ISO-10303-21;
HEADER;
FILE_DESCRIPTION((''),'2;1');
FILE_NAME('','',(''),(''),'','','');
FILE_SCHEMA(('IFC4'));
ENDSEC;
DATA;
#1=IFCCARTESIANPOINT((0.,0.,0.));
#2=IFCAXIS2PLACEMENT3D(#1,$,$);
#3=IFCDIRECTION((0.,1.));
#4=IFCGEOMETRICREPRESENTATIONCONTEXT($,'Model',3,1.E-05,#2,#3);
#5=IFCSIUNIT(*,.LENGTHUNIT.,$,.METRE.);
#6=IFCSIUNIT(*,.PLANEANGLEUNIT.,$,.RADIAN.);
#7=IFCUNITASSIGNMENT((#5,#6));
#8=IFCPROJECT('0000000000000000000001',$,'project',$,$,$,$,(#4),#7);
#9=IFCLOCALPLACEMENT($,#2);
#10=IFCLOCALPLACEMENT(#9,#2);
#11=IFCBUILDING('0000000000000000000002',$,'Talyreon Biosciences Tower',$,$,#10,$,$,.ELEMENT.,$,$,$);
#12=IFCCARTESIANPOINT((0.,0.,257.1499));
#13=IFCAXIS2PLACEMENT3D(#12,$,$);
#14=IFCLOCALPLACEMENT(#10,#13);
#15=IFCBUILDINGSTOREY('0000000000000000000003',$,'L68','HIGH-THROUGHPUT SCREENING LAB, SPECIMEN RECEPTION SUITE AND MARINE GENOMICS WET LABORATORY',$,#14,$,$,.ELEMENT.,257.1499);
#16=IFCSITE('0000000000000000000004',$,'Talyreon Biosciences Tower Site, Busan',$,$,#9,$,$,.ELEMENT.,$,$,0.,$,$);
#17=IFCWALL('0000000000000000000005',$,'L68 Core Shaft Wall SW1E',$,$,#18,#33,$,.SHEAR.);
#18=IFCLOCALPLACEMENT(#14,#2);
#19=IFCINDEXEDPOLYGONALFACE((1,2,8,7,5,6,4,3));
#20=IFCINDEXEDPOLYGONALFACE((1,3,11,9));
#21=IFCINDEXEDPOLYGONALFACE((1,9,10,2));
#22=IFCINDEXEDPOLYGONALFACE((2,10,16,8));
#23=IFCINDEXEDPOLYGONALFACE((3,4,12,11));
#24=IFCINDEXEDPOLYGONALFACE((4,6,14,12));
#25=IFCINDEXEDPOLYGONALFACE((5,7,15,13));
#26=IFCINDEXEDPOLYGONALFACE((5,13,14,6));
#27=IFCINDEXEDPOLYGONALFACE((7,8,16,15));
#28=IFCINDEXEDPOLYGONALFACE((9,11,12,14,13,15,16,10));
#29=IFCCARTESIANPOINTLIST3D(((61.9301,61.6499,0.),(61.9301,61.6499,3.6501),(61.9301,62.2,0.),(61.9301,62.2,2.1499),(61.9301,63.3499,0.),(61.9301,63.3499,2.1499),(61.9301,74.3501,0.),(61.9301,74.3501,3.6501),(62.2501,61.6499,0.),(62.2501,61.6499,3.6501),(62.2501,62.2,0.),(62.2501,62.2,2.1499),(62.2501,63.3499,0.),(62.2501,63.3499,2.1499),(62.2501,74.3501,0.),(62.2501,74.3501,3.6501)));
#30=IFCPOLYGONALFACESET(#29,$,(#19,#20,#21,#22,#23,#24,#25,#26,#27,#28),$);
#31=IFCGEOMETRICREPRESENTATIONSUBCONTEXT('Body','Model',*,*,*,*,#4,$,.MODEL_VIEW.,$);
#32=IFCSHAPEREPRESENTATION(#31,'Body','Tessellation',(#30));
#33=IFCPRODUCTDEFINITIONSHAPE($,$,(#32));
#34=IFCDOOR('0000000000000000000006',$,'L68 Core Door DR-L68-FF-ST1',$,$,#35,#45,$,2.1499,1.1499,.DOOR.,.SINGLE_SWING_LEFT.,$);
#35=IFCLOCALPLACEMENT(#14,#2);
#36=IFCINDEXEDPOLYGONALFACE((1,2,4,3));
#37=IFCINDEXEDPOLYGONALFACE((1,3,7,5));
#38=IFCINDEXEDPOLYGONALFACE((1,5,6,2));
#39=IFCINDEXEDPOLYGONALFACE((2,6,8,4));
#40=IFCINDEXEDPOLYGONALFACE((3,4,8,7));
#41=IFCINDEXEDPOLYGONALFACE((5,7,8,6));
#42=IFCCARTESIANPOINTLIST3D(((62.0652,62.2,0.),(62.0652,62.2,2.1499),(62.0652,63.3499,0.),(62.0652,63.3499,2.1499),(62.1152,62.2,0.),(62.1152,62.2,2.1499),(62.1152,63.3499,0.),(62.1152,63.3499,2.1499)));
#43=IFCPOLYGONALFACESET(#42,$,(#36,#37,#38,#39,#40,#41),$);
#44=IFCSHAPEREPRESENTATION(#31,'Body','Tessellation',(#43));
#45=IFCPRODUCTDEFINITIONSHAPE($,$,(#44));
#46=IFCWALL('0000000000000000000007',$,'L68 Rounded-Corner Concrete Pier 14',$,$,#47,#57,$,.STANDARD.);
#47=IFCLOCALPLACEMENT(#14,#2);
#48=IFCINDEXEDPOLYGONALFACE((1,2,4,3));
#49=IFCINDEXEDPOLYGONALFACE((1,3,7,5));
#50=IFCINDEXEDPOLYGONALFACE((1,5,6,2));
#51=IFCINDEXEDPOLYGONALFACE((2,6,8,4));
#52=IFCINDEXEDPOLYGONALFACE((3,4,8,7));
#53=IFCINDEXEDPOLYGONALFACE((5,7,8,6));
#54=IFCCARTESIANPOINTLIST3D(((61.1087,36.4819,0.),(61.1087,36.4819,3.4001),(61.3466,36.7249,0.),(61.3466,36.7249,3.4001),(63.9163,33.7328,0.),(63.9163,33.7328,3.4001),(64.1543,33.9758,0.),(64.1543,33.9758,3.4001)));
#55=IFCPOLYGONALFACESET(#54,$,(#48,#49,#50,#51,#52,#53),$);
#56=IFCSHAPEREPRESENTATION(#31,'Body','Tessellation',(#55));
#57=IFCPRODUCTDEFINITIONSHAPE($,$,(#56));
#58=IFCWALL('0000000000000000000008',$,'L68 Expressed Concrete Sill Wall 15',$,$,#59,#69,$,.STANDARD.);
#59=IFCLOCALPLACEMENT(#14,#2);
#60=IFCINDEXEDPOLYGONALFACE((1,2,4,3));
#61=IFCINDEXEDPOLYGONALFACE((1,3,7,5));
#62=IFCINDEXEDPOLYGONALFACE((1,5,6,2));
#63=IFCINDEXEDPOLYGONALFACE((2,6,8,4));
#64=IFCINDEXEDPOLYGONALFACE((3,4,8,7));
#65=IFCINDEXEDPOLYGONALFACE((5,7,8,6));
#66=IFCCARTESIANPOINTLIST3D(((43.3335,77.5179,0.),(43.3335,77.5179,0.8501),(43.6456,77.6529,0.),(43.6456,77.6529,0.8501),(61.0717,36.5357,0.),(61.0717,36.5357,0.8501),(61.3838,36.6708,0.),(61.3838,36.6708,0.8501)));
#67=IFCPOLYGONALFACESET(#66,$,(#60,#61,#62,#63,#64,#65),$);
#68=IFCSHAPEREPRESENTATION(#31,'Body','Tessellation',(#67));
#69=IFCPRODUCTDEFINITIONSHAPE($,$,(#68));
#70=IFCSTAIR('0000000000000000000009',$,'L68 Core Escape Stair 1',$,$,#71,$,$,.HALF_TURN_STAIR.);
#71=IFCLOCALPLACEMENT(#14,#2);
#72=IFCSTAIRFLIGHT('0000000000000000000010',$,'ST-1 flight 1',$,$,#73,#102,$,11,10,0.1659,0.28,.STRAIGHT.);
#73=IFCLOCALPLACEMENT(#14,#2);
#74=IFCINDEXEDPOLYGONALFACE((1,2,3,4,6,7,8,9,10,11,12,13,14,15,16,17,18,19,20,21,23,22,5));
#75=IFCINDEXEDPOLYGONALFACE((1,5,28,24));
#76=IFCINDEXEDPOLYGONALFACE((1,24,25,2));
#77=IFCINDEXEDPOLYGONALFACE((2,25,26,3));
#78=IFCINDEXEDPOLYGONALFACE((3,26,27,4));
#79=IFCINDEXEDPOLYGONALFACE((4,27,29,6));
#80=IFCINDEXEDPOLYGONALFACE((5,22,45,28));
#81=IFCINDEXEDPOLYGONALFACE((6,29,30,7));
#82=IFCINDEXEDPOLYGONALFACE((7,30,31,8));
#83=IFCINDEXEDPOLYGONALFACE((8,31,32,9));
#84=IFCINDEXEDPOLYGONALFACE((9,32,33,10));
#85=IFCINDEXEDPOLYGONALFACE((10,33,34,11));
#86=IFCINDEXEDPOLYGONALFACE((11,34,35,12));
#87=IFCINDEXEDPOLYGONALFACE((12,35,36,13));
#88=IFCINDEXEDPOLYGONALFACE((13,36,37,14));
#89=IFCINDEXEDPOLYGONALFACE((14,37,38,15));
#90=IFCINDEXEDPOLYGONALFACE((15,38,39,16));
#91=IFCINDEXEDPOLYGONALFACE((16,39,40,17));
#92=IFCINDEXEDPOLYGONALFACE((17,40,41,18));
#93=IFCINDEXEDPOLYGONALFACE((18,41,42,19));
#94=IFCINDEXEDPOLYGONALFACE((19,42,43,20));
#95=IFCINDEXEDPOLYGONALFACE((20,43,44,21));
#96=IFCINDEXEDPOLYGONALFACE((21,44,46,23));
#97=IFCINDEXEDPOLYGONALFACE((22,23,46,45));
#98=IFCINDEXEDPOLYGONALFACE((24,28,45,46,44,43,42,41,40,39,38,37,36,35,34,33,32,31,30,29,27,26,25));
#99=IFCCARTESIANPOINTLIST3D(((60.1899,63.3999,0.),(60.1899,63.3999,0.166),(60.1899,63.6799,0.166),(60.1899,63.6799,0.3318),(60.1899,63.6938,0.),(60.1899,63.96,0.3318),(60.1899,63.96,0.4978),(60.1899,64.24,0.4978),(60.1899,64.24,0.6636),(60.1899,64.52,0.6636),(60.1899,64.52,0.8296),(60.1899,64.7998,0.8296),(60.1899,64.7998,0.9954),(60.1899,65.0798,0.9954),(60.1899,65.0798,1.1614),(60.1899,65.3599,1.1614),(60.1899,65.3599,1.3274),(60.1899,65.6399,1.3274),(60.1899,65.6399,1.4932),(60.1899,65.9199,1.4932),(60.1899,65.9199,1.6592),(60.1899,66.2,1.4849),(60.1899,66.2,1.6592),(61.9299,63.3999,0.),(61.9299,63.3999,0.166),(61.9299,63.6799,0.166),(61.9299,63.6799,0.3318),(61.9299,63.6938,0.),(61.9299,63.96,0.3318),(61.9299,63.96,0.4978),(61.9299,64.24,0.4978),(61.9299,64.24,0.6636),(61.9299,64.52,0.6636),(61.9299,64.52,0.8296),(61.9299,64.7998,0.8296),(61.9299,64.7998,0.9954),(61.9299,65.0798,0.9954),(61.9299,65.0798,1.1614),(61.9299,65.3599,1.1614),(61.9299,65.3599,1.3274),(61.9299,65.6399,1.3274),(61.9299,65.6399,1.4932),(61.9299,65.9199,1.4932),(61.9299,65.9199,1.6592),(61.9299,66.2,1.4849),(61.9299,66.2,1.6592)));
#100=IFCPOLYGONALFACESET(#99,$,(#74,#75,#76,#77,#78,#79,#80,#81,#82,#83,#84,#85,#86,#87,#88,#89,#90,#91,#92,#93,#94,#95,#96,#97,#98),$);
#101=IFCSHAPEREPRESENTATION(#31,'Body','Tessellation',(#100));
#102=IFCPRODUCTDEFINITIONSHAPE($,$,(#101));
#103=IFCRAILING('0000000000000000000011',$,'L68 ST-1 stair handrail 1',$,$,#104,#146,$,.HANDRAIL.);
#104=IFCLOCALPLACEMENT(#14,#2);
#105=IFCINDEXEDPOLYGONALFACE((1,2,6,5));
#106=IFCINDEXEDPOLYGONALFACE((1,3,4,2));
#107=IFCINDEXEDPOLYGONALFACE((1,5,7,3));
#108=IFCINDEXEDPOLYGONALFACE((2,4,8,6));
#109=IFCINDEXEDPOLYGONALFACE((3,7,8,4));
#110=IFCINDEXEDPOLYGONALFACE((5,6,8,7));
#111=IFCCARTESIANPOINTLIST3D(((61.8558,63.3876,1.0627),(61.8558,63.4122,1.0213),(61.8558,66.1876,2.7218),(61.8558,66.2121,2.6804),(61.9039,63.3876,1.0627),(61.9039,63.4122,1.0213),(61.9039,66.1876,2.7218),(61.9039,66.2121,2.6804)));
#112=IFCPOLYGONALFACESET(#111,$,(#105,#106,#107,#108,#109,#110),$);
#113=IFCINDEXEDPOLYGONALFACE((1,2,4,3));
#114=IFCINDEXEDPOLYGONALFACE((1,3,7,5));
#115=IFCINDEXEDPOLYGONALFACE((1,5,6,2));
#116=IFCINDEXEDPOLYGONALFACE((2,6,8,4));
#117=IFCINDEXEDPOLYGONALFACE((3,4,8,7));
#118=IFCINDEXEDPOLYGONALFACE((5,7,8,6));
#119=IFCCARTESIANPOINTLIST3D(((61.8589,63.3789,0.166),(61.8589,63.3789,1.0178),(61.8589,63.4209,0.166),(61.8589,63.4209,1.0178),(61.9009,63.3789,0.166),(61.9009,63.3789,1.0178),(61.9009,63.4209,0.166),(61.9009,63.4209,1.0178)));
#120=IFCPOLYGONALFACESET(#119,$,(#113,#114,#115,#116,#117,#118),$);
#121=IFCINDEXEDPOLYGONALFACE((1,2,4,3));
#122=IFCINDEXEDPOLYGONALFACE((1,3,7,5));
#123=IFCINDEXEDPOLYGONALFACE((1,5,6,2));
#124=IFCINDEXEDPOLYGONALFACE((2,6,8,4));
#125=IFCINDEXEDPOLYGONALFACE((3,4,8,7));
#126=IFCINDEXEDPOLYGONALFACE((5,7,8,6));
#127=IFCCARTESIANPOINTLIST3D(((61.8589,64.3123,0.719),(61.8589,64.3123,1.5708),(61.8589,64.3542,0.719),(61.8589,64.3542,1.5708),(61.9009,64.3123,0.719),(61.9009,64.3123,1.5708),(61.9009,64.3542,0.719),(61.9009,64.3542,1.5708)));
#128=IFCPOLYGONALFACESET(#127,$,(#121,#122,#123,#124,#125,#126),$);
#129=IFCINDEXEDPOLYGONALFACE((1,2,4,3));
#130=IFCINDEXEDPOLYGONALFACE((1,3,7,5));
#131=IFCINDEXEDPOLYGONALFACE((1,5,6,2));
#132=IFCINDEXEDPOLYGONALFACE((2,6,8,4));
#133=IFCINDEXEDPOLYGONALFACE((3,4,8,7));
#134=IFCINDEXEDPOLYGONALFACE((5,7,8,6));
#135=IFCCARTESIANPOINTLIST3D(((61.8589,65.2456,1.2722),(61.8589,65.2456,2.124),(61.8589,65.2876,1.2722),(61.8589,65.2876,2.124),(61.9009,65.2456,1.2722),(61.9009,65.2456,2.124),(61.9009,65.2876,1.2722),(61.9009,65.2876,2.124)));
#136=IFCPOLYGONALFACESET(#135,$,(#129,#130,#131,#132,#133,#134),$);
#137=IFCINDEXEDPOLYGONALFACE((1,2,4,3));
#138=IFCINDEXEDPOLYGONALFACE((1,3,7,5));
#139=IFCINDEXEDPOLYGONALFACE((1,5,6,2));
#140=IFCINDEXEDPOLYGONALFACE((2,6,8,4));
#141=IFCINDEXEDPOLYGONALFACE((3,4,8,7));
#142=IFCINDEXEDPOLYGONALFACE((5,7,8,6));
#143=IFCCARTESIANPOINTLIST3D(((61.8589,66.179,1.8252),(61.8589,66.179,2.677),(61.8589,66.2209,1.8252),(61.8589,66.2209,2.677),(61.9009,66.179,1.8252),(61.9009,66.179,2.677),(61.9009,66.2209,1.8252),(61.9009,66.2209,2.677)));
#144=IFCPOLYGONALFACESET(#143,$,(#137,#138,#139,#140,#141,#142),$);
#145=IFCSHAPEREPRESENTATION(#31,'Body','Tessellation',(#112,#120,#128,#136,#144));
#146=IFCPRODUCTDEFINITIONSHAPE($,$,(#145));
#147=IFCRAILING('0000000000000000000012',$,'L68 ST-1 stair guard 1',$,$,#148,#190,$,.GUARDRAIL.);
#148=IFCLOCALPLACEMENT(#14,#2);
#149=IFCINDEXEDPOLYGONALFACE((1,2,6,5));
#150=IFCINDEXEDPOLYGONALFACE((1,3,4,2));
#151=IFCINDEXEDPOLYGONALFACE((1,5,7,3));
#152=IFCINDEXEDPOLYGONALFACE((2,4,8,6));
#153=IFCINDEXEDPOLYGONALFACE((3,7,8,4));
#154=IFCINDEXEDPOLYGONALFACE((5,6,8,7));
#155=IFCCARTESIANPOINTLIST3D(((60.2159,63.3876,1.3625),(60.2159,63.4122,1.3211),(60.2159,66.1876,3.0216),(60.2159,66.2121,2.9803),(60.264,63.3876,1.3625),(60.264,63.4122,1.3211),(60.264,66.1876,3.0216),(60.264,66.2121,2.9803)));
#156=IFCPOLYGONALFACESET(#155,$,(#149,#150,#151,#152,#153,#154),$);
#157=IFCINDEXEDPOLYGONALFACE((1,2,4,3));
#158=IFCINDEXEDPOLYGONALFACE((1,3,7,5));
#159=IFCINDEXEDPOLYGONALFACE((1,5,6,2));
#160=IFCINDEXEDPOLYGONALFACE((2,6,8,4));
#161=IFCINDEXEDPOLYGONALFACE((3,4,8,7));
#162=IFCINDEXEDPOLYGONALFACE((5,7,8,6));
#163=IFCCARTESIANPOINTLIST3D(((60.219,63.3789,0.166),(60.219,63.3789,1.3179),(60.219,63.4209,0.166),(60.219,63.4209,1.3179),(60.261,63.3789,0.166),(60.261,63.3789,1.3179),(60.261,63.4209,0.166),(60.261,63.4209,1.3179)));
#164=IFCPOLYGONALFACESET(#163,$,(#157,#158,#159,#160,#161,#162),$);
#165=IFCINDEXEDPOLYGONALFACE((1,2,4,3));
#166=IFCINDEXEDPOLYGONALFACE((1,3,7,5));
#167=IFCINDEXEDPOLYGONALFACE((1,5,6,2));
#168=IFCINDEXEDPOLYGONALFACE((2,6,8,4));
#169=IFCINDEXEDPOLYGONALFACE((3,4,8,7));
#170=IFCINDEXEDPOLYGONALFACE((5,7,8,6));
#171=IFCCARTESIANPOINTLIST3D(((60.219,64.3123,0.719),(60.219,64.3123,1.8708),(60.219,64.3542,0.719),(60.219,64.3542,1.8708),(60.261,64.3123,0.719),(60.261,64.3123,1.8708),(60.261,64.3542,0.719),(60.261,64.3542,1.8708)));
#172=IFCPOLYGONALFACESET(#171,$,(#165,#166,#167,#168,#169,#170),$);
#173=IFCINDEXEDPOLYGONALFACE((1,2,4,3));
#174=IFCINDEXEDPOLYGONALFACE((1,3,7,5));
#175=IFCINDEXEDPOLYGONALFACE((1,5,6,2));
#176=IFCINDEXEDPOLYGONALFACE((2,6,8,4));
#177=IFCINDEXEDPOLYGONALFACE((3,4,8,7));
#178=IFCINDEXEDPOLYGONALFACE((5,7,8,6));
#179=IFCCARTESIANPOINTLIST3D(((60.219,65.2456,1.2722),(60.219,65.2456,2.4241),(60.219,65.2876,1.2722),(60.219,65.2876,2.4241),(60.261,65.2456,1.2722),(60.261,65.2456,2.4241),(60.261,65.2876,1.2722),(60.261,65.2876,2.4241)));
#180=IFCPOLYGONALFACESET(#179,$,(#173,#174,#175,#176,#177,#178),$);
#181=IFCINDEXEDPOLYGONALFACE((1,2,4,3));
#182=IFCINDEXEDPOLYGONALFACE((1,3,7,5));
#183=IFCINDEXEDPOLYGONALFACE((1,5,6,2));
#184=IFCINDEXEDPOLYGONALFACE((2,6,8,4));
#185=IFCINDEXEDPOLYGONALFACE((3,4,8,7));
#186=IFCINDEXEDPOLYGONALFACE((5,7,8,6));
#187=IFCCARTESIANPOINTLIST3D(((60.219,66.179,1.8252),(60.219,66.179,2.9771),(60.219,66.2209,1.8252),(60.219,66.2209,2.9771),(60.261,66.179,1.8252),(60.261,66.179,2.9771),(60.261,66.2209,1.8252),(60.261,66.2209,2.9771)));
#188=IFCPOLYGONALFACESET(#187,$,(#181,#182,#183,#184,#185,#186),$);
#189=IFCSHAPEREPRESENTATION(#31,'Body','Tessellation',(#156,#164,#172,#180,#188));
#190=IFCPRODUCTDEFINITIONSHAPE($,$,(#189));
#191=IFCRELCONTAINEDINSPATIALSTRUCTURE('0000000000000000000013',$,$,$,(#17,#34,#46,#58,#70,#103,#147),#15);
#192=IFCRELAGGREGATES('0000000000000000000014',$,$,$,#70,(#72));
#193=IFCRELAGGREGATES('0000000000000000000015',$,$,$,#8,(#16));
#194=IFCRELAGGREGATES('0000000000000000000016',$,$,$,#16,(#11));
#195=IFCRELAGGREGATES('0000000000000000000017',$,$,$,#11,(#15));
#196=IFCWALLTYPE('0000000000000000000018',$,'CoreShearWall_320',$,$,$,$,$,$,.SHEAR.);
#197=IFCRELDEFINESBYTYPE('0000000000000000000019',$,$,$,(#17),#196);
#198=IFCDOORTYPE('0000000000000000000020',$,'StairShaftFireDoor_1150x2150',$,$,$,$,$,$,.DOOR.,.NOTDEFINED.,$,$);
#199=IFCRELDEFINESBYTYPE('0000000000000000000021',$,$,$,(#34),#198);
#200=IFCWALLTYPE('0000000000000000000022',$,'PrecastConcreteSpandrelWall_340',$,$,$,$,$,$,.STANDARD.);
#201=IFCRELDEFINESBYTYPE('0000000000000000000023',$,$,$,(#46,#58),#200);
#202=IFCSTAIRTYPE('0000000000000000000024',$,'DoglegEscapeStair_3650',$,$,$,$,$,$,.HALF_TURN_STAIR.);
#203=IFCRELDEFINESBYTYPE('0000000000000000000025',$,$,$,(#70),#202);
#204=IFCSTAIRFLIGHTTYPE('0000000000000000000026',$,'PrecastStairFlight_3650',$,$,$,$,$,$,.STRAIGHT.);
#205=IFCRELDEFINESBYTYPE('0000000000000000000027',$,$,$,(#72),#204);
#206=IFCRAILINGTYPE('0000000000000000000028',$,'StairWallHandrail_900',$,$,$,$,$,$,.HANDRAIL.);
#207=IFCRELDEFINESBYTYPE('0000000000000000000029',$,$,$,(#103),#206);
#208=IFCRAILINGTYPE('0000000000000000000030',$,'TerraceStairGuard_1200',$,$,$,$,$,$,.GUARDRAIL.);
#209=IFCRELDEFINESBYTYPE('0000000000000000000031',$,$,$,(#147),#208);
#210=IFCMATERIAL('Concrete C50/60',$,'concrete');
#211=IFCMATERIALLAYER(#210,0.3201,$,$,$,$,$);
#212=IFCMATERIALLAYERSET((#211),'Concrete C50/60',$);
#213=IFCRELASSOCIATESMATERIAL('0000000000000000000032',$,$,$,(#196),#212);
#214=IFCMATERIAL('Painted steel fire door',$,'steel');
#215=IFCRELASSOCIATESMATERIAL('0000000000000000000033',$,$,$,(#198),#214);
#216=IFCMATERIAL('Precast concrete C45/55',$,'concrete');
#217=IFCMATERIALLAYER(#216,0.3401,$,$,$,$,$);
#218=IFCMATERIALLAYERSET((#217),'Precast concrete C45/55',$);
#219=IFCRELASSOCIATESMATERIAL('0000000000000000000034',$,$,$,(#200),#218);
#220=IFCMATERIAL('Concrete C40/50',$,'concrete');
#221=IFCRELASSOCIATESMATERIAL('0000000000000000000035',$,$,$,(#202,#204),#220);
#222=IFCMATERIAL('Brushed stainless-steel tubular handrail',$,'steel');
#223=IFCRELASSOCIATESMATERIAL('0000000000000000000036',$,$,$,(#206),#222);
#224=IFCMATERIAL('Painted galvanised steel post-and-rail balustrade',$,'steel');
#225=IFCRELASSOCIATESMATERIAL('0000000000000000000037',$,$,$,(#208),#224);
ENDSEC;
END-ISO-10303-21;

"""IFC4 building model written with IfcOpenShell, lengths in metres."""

from ifc_helpers import new_model, si_unit, direction, frame, frame_2d, origin, origin_2d, place, context, subcontext, project, spatial, polyline, rectangle, outline, extrude, material, layer, layer_set, type_object, element, fill, aggregate, save


model = new_model("IFC4")

# Units and contexts
model_context = context("Model", 3, precision=1e-05, world=origin(), true_north=direction((0.0, 1.0)))
body_context = subcontext(model_context, "Body", "Model", "MODEL_VIEW")
ifc_project = project(units=[si_unit("LENGTHUNIT", "METRE"), si_unit("PLANEANGLEUNIT", "RADIAN")], contexts=[model_context])

# Site, building, storey
site_placement = place(None, origin())
site = spatial("IfcSite", under=ifc_project, at=site_placement, Name="Talyreon Biosciences Tower Site, Busan", CompositionType="ELEMENT", RefElevation=0.0)
building_placement = place(site_placement, origin())
building = spatial("IfcBuilding", under=site, at=building_placement, Name="Talyreon Biosciences Tower", CompositionType="ELEMENT")
storey_placement = place(building_placement, frame((0.0, 0.0, 257.1499)))
storey = spatial("IfcBuildingStorey", under=building, at=storey_placement, Name="L68", Description="HIGH-THROUGHPUT SCREENING LAB, SPECIMEN RECEPTION SUITE AND MARINE GENOMICS WET LABORATORY", CompositionType="ELEMENT", Elevation=257.1499)

# Shared definitions
ifc_material_1 = material(Name="Concrete C50/60", Category="concrete")

# Shared definitions
ifc_material_2 = material(Name="Precast concrete C45/55", Category="concrete")

# Wall, opening, door
ifc_layer_1 = layer(ifc_material_1, 0.3201)
ifc_layer_set_1 = layer_set([ifc_layer_1], Name="Concrete C50/60")
wall_type_1 = type_object("IfcWallType", Name="CoreShearWall_320", PredefinedType="SHEAR", material=ifc_layer_set_1)
wall_1_placement = place(storey_placement, frame((62.0901, 61.6499, 0.0), z_axis=(0.0, 0.0, 1.0), x_axis=(0.0, 1.0, 0.0)))
wall_1 = element("IfcWall", 1, at=wall_1_placement, inside=storey, type_object=wall_type_1, Name="L68 Core Shaft Wall SW1E", PredefinedType="SHEAR", context=body_context, shape_type="SweptSolid", body=[
    extrude(rectangle(XDim=12.7002, YDim=0.3201, at=frame_2d((6.3501, 0.0))), origin(), (0.0, 0.0, 1.0), 3.6501),
])
opening_placement = place(wall_1_placement, frame((0.55, 0.0, 0.0)))
opening = element("IfcOpeningElement", 2, at=opening_placement, cuts=wall_1, PredefinedType="OPENING", context=body_context, shape_type="SweptSolid", body=[
    extrude(rectangle(XDim=1.1499, YDim=2.1499, at=frame_2d((0.575, 1.075))), frame((0.0, 0.1699, 0.0), z_axis=(0.0, -1.0, 0.0), x_axis=(1.0, 0.0, 0.0)), (0.0, 0.0, 1.0), 0.3401),
])
ifc_material_3 = material(Name="Painted steel fire door", Category="steel")
door_type = type_object("IfcDoorType", Name="StairShaftFireDoor_1150x2150", OperationType="NOTDEFINED", PredefinedType="DOOR", material=ifc_material_3)
door_placement = place(opening_placement, origin())
door = element("IfcDoor", 3, at=door_placement, inside=storey, type_object=door_type, Name="L68 Core Door DR-L68-FF-ST1", OperationType="SINGLE_SWING_LEFT", OverallHeight=2.1499, OverallWidth=1.1499, PredefinedType="DOOR", context=body_context, shape_type="SweptSolid", body=[
    extrude(rectangle(XDim=1.1499, YDim=2.1499, at=frame_2d((0.575, 1.075))), frame((0.0, 0.0249, 0.0), z_axis=(0.0, -1.0, 0.0), x_axis=(1.0, 0.0, 0.0)), (0.0, 0.0, 1.0), 0.05),
])
fill(opening, door)

# Walls
ifc_layer_2 = layer(ifc_material_2, 0.3401)
ifc_layer_set_2 = layer_set([ifc_layer_2], Name="Precast concrete C45/55")
wall_type_2 = type_object("IfcWallType", Name="PrecastConcreteSpandrelWall_340", PredefinedType="STANDARD", material=ifc_layer_set_2)
wall_2_placement = place(storey_placement, frame((64.0354, 33.8542, 0.0), z_axis=(0.0, 0.0, 1.0), x_axis=(-0.714523, 0.699612, 0.0)))
element("IfcWall", 4, at=wall_2_placement, inside=storey, type_object=wall_type_2, Name="L68 Rounded-Corner Concrete Pier 14", PredefinedType="STANDARD", context=body_context, shape_type="SweptSolid", body=[
    extrude(rectangle(XDim=3.9294, YDim=0.3401, at=frame_2d((1.9648, 0.0))), origin(), (0.0, 0.0, 1.0), 3.4001),
])
wall_3_placement = place(storey_placement, frame((61.2278, 36.6033, 0.0), z_axis=(0.0, 0.0, 1.0), x_axis=(-0.397218, 0.917724, 0.0)))
element("IfcWall", 5, at=wall_3_placement, inside=storey, type_object=wall_type_2, Name="L68 Expressed Concrete Sill Wall 15", PredefinedType="STANDARD", context=body_context, shape_type="SweptSolid", body=[
    extrude(rectangle(XDim=44.6562, YDim=0.3401, at=frame_2d((22.3281, 0.0))), origin(), (0.0, 0.0, 1.0), 0.8501),
])

# Stair, stair flight
ifc_material_4 = material(Name="Concrete C40/50", Category="concrete")
stair_type = type_object("IfcStairType", Name="DoglegEscapeStair_3650", PredefinedType="HALF_TURN_STAIR", material=ifc_material_4)
stair_placement = place(storey_placement, origin())
stair = element("IfcStair", 6, at=stair_placement, inside=storey, type_object=stair_type, Name="L68 Core Escape Stair 1", PredefinedType="HALF_TURN_STAIR")
stair_flight_type = type_object("IfcStairFlightType", Name="PrecastStairFlight_3650", PredefinedType="STRAIGHT", material=ifc_material_4)
stair_flight_placement = place(storey_placement, frame((61.0601, 63.3999, 0.0), z_axis=(0.0, 0.0, 1.0), x_axis=(0.0, 1.0, 0.0)))
stair_flight = element("IfcStairFlight", 7, at=stair_flight_placement, type_object=stair_flight_type, Name="ST-1 flight 1", NumberOfRisers=11, NumberOfTreads=10, PredefinedType="STRAIGHT", RiserHeight=0.1659, TreadLength=0.28, context=body_context, shape_type="SweptSolid", body=[
    extrude(outline(polyline([(0.0, 0.0), (0.0, 0.166), (0.28, 0.166), (0.28, 0.3318), (0.5601, 0.3318), (0.5601, 0.4978), (0.8401, 0.4978), (0.8401, 0.6636), (1.1201, 0.6636), (1.1201, 0.8296), (1.3999, 0.8296), (1.3999, 0.9954), (1.6799, 0.9954), (1.6799, 1.1614), (1.96, 1.1614), (1.96, 1.3274), (2.24, 1.3274), (2.24, 1.4932), (2.52, 1.4932), (2.52, 1.6592), (2.8, 1.6592), (2.8, 1.825), (2.8, 1.4849), (0.2939, 0.0), (0.0, 0.0)])), frame((0.0, 0.8701, 0.0), z_axis=(0.0, -1.0, 0.0), x_axis=(1.0, 0.0, 0.0)), (0.0, 0.0, 1.0), 1.74),
])
aggregate(stair, [stair_flight])

# Railings
ifc_material_5 = material(Name="Brushed stainless-steel tubular handrail", Category="steel")
railing_type_1 = type_object("IfcRailingType", Name="StairWallHandrail_900", PredefinedType="HANDRAIL", material=ifc_material_5)
railing_1_placement = place(storey_placement, frame((61.8799, 63.3999, 0.166)))
element("IfcRailing", 8, at=railing_1_placement, inside=storey, type_object=railing_type_1, Name="L68 ST-1 stair handrail 1", PredefinedType="HANDRAIL", context=body_context, shape_type="SweptSolid", body=[
    extrude(rectangle(XDim=0.0481, YDim=0.0481, at=origin_2d()), frame((0.0, 0.0, 0.876), z_axis=(0.0, 0.860306, 0.509778), x_axis=(-1.0, 0.0, 0.0)), (0.0, 0.0, 1.0), 3.2546),
    extrude(rectangle(XDim=0.042, YDim=0.042, at=origin_2d()), origin(), (0.0, 0.0, 1.0), 0.8518),
    extrude(rectangle(XDim=0.042, YDim=0.042, at=origin_2d()), frame((0.0, 0.9333, 0.553)), (0.0, 0.0, 1.0), 0.8518),
    extrude(rectangle(XDim=0.042, YDim=0.042, at=origin_2d()), frame((0.0, 1.8667, 1.1062)), (0.0, 0.0, 1.0), 0.8518),
    extrude(rectangle(XDim=0.042, YDim=0.042, at=origin_2d()), frame((0.0, 2.8, 1.6592)), (0.0, 0.0, 1.0), 0.8518),
])
ifc_material_6 = material(Name="Painted galvanised steel post-and-rail balustrade", Category="steel")
railing_type_2 = type_object("IfcRailingType", Name="TerraceStairGuard_1200", PredefinedType="GUARDRAIL", material=ifc_material_6)
railing_2_placement = place(storey_placement, frame((60.24, 63.3999, 0.166)))
element("IfcRailing", 9, at=railing_2_placement, inside=storey, type_object=railing_type_2, Name="L68 ST-1 stair guard 1", PredefinedType="GUARDRAIL", context=body_context, shape_type="SweptSolid", body=[
    extrude(rectangle(XDim=0.0481, YDim=0.0481, at=origin_2d()), frame((0.0, 0.0, 1.1758), z_axis=(0.0, 0.860306, 0.509778), x_axis=(-1.0, 0.0, 0.0)), (0.0, 0.0, 1.0), 3.2546),
    extrude(rectangle(XDim=0.042, YDim=0.042, at=origin_2d()), origin(), (0.0, 0.0, 1.0), 1.1519),
    extrude(rectangle(XDim=0.042, YDim=0.042, at=origin_2d()), frame((0.0, 0.9333, 0.553)), (0.0, 0.0, 1.0), 1.1519),
    extrude(rectangle(XDim=0.042, YDim=0.042, at=origin_2d()), frame((0.0, 1.8667, 1.1062)), (0.0, 0.0, 1.0), 1.1519),
    extrude(rectangle(XDim=0.042, YDim=0.042, at=origin_2d()), frame((0.0, 2.8, 1.6592)), (0.0, 0.0, 1.0), 1.1519),
])

save(model, "model.ifc")
